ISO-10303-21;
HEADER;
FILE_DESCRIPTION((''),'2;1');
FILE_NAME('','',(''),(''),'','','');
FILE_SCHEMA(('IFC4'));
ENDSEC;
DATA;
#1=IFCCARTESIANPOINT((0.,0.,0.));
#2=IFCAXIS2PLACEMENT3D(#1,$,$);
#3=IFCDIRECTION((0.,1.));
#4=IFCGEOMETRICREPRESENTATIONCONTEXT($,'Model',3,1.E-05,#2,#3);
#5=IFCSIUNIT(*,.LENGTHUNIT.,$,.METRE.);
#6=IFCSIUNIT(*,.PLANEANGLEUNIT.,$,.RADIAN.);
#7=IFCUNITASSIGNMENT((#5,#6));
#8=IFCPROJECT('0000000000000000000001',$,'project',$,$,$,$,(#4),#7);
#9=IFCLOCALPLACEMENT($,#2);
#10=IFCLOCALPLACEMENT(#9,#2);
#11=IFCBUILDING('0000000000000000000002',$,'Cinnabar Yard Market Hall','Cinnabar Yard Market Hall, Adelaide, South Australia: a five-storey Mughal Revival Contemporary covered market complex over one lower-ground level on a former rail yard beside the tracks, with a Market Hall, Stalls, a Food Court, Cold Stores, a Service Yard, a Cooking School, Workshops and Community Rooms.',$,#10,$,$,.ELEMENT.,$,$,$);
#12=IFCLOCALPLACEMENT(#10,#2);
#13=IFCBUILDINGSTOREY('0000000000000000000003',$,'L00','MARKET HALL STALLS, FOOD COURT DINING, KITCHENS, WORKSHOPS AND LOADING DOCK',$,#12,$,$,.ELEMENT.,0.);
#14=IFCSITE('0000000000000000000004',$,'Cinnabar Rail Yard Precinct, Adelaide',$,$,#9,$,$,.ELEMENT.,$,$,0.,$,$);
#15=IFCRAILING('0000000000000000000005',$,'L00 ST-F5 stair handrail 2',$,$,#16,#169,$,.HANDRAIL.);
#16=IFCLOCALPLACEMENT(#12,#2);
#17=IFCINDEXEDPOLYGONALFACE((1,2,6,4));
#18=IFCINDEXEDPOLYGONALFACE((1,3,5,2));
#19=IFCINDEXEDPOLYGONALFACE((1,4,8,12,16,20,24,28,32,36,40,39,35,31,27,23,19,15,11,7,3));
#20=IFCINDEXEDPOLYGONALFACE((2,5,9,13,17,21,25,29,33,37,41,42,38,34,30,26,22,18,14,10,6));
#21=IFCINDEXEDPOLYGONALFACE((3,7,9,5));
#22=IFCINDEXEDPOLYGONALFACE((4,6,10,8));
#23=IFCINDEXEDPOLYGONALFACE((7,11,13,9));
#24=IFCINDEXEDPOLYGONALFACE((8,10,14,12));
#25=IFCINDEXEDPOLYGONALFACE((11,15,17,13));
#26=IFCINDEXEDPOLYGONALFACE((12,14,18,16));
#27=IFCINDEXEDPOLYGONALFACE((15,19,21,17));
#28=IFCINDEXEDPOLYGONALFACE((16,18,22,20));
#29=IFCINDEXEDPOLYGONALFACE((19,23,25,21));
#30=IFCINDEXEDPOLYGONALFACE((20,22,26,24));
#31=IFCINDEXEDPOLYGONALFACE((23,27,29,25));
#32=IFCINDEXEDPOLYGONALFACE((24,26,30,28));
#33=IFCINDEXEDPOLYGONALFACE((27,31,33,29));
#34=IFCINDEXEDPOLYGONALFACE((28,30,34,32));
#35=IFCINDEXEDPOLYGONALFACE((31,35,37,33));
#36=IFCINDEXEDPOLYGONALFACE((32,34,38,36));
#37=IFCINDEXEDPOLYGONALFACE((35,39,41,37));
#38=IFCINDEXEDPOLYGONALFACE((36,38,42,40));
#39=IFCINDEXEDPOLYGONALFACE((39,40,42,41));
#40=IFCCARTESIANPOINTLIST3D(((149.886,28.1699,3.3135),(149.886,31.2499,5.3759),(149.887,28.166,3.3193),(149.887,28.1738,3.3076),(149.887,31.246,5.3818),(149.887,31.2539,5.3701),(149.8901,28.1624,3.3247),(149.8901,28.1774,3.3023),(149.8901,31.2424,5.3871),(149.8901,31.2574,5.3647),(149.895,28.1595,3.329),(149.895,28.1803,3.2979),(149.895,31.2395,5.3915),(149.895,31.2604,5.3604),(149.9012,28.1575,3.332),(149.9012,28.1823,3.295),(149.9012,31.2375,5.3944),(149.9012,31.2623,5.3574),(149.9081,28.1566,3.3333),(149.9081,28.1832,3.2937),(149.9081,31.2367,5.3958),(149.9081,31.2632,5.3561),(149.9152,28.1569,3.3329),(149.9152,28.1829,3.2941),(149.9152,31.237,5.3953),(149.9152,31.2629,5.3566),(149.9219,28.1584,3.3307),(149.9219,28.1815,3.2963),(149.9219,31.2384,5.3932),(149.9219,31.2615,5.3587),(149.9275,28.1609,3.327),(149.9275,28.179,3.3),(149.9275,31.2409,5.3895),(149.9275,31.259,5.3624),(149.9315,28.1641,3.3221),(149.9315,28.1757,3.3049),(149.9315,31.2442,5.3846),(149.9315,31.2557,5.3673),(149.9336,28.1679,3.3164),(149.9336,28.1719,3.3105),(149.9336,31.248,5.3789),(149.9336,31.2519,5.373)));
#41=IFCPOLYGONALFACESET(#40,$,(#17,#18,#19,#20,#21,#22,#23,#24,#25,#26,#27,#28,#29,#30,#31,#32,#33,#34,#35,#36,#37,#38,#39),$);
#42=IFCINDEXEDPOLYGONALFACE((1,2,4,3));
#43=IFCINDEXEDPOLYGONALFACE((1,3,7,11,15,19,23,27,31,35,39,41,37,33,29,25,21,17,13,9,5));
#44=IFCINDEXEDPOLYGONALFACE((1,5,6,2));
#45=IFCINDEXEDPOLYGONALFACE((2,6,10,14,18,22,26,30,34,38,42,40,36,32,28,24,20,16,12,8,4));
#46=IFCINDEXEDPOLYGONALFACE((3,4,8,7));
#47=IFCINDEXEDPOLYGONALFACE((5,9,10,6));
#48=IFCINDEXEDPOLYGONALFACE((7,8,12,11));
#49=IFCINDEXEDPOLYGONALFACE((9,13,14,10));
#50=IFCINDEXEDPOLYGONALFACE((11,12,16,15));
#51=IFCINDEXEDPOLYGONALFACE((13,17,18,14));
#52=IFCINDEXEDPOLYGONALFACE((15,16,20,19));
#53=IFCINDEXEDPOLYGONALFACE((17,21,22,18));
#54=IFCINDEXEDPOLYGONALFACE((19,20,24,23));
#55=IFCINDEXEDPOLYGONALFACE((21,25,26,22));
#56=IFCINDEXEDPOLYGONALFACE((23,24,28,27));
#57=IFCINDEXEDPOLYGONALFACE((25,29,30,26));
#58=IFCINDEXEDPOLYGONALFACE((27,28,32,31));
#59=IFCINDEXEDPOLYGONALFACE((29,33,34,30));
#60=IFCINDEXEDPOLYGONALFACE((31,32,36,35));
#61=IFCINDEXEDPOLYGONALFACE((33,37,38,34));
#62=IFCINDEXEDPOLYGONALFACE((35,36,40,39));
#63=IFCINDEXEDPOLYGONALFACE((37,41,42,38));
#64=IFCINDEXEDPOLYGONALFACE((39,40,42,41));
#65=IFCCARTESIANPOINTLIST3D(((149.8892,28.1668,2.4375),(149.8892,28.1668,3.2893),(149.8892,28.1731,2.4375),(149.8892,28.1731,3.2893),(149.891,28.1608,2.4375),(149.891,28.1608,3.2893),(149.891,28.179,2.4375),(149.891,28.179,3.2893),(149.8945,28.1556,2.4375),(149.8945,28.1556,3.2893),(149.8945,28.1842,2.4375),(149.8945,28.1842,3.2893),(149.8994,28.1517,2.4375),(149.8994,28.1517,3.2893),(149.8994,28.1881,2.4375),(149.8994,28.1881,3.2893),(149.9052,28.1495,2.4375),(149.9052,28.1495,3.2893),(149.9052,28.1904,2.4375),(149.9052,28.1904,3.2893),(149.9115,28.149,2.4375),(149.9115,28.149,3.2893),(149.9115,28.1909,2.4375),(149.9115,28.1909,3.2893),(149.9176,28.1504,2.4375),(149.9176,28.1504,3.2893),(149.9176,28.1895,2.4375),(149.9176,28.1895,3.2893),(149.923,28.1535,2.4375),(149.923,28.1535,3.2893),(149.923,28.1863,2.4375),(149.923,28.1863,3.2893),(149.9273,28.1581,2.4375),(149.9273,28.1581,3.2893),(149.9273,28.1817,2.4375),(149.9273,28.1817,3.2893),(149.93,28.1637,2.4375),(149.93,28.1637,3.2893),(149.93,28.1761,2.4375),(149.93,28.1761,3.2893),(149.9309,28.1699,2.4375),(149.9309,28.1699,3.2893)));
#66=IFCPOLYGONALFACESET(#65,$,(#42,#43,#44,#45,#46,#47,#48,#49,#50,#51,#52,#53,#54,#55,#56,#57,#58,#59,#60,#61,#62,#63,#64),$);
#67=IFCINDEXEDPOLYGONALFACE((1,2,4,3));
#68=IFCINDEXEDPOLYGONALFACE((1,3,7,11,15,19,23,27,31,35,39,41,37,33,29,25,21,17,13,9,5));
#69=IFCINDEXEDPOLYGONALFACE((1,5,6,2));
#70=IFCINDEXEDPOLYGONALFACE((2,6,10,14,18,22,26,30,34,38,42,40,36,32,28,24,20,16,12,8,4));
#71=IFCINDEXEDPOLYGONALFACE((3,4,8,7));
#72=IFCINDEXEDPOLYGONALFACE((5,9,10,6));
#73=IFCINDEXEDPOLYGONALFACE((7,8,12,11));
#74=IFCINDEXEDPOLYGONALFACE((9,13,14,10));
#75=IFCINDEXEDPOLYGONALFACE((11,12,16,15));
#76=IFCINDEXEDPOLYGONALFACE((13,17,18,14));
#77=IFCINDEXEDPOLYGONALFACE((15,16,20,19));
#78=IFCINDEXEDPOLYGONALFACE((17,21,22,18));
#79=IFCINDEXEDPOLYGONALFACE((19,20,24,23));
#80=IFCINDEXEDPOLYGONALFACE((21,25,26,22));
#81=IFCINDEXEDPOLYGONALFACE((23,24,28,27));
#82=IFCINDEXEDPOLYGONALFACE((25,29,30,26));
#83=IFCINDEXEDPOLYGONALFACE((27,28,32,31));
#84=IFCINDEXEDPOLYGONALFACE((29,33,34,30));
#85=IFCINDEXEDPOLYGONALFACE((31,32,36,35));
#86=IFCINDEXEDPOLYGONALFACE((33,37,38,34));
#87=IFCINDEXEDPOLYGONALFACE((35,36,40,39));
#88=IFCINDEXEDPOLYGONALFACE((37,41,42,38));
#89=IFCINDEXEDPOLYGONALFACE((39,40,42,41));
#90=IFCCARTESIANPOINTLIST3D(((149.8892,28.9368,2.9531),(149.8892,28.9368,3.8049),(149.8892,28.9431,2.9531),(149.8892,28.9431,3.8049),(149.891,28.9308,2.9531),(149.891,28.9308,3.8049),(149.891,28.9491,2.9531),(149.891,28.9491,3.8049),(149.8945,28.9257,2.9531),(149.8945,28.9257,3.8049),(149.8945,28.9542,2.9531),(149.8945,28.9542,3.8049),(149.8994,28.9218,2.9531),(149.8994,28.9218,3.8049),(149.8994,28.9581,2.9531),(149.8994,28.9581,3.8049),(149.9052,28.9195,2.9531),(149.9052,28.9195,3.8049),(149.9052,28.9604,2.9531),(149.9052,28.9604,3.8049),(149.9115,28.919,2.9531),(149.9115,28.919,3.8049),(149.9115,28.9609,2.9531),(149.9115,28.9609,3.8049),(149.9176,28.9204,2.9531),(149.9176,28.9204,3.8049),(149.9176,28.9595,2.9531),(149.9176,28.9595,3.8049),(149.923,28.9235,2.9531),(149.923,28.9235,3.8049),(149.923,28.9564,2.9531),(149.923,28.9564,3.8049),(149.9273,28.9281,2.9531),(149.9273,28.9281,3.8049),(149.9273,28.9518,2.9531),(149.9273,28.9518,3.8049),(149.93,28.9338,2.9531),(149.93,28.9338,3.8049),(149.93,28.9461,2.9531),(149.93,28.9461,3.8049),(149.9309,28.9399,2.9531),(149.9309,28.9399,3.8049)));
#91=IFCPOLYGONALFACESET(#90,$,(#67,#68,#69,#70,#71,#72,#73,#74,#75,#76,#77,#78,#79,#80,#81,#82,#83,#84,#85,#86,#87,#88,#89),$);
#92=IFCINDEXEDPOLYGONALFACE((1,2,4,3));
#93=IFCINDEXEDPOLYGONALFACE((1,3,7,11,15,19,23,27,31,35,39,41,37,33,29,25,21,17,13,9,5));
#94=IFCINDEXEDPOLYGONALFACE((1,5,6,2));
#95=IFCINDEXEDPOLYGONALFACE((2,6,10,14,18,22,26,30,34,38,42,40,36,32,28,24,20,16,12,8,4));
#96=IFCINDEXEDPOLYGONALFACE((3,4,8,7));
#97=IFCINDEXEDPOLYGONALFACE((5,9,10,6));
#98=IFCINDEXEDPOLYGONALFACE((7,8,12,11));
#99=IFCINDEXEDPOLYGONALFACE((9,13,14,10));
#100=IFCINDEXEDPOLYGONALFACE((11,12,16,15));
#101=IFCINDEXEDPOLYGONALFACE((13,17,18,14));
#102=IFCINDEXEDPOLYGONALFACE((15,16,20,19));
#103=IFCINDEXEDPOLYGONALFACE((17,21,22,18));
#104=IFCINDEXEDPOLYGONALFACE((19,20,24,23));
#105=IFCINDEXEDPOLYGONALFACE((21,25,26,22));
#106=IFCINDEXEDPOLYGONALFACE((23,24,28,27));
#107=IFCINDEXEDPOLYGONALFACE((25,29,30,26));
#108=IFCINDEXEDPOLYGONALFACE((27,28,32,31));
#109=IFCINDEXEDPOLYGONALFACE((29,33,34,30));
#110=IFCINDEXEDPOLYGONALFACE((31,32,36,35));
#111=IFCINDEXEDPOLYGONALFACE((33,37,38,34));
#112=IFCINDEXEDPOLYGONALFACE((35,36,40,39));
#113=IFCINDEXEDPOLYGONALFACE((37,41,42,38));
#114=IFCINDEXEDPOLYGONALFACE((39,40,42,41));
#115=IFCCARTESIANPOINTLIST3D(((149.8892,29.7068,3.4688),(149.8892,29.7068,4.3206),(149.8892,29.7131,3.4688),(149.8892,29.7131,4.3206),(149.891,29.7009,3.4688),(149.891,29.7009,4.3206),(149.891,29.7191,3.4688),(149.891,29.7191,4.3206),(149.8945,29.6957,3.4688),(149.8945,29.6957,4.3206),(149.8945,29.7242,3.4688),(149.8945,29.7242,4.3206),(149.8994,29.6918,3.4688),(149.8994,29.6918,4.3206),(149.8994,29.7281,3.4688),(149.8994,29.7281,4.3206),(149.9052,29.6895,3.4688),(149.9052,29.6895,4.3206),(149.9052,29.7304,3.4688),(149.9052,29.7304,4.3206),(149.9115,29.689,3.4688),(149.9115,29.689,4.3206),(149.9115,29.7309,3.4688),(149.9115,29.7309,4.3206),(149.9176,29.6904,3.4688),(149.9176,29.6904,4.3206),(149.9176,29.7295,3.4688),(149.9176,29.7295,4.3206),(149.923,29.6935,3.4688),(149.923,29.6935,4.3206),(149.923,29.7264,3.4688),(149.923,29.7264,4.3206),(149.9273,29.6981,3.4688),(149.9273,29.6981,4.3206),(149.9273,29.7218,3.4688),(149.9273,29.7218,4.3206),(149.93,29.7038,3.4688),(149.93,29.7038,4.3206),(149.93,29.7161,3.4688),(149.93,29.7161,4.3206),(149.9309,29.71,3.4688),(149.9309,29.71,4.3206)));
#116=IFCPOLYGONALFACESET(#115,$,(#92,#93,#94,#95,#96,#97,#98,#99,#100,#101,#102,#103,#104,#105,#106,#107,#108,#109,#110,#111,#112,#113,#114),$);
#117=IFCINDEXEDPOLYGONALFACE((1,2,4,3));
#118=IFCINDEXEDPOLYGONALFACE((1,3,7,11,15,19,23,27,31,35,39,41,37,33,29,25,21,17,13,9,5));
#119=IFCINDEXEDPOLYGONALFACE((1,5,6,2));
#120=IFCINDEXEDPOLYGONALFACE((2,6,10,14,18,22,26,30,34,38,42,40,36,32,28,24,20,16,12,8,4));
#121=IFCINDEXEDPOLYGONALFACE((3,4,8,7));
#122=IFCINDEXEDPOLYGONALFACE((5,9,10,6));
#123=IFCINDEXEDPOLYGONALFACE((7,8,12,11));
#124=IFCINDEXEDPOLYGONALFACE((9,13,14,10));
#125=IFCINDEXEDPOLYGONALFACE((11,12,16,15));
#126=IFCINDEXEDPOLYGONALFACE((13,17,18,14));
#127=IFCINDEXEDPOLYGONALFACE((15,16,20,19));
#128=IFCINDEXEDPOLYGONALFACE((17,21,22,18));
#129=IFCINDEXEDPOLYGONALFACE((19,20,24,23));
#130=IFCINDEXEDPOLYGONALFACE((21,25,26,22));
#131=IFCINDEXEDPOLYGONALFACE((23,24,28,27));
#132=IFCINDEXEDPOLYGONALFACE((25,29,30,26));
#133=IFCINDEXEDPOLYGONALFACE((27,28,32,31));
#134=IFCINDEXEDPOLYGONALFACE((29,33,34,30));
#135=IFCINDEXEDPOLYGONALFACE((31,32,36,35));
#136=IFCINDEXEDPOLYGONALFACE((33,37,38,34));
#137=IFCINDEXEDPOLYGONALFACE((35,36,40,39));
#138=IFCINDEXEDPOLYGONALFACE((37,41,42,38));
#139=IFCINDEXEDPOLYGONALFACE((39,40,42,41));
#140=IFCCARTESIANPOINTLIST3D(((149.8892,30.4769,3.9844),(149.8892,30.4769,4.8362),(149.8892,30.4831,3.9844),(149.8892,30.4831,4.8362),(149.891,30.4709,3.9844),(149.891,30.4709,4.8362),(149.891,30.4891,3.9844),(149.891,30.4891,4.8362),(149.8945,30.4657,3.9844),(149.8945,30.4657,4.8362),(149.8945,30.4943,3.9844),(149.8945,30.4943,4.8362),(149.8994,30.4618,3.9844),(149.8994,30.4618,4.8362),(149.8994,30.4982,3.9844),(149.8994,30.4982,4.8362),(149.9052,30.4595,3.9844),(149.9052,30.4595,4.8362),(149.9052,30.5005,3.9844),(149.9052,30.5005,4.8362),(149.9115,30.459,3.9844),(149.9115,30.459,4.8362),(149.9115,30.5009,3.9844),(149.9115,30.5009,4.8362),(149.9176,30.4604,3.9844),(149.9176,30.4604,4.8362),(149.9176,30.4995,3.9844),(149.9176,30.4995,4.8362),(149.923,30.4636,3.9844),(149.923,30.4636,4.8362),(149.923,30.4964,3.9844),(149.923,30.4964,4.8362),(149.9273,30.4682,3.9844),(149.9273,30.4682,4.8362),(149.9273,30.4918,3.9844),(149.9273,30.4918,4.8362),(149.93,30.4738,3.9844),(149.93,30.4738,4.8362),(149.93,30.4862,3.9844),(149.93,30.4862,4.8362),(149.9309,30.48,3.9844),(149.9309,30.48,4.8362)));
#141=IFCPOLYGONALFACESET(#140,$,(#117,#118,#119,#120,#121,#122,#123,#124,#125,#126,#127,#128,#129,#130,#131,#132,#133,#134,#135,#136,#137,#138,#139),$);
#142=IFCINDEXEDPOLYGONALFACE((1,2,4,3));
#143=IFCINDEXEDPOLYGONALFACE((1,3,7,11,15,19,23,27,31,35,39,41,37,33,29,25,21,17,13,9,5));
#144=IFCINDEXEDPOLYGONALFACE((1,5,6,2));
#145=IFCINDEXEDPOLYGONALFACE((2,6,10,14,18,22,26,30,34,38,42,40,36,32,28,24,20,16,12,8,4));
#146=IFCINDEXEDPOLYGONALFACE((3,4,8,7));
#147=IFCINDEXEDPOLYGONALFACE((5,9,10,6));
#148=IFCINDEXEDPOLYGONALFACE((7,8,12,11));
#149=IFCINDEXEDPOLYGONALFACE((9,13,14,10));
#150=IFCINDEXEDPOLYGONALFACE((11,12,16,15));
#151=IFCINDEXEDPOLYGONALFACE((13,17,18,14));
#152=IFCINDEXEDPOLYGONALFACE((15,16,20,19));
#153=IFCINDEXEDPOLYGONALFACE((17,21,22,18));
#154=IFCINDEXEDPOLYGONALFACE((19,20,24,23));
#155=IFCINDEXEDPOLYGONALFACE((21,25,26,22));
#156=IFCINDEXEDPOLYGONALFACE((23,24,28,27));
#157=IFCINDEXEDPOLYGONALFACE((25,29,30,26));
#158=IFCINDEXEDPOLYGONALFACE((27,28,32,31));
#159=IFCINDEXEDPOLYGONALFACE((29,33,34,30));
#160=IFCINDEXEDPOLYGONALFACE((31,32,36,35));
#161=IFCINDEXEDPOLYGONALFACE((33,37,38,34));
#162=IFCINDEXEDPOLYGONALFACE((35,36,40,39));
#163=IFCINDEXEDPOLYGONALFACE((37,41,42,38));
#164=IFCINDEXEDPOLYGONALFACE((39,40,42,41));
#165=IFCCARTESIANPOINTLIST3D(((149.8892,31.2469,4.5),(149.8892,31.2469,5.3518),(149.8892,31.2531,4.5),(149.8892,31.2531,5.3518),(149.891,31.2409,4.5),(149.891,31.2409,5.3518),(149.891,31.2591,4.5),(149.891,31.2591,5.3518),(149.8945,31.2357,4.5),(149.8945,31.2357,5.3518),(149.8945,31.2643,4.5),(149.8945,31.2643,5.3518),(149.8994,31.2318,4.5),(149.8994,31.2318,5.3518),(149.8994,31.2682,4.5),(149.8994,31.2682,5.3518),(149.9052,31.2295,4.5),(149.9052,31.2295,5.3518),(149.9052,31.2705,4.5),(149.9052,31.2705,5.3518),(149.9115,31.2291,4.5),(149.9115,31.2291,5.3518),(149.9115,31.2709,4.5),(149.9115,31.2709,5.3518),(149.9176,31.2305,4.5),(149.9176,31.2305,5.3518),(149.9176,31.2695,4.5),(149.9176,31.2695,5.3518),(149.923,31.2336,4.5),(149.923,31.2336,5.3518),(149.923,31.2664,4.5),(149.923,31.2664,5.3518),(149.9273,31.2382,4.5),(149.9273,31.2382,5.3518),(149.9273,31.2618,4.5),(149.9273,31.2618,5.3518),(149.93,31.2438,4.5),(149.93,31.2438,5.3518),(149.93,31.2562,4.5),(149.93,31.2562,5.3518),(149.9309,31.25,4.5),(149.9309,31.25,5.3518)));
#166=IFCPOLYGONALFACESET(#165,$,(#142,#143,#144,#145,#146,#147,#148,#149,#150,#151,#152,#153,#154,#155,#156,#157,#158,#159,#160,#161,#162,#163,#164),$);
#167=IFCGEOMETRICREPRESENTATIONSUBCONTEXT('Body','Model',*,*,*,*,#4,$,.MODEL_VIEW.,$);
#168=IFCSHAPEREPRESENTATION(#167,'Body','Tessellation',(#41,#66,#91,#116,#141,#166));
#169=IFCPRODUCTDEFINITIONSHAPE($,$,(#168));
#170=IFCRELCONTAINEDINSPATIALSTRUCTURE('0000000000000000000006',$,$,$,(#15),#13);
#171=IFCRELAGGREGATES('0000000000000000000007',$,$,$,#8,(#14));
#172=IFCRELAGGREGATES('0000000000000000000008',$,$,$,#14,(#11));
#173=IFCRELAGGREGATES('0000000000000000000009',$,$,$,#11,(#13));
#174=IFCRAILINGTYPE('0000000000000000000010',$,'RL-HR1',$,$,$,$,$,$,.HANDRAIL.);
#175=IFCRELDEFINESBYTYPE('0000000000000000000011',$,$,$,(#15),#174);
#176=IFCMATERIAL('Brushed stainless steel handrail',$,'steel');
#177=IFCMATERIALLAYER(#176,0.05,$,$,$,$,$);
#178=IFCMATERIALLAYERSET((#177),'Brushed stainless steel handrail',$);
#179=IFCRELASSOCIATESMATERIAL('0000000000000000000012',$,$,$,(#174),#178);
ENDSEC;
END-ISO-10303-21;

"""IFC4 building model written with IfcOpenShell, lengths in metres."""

from ifc_helpers import new_model, si_unit, direction, frame, origin, origin_2d_with_axis, place, context, subcontext, project, spatial, circle, extrude, material, layer, layer_set, type_object, element, save


model = new_model("IFC4")

# Units and contexts
model_context = context("Model", 3, precision=1e-05, world=origin(), true_north=direction((0.0, 1.0)))
body_context = subcontext(model_context, "Body", "Model", "MODEL_VIEW")
ifc_project = project(units=[si_unit("LENGTHUNIT", "METRE"), si_unit("PLANEANGLEUNIT", "RADIAN")], contexts=[model_context])

# Site, building, storey
site_placement = place(None, origin())
site = spatial("IfcSite", under=ifc_project, at=site_placement, Name="Cinnabar Rail Yard Precinct, Adelaide", CompositionType="ELEMENT", RefElevation=0.0)
building_placement = place(site_placement, origin())
building = spatial("IfcBuilding", under=site, at=building_placement, Name="Cinnabar Yard Market Hall", Description="Cinnabar Yard Market Hall, Adelaide, South Australia: a five-storey Mughal Revival Contemporary covered market complex over one lower-ground level on a former rail yard beside the tracks, with a Market Hall, Stalls, a Food Court, Cold Stores, a Service Yard, a Cooking School, Workshops and Community Rooms.", CompositionType="ELEMENT")
storey_placement = place(building_placement, origin())
storey = spatial("IfcBuildingStorey", under=building, at=storey_placement, Name="L00", Description="MARKET HALL STALLS, FOOD COURT DINING, KITCHENS, WORKSHOPS AND LOADING DOCK", CompositionType="ELEMENT", Elevation=0.0)

# Railing
ifc_material_1 = material(Name="Brushed stainless steel handrail", Category="steel")
ifc_layer_1 = layer(ifc_material_1, 0.05)
ifc_layer_set_1 = layer_set([ifc_layer_1], Name="Brushed stainless steel handrail")
railing_type_1 = type_object("IfcRailingType", Name="RL-HR1", PredefinedType="HANDRAIL", material=ifc_layer_set_1)
railing_1_placement = place(storey_placement, frame((149.9099, 28.1699, 2.4375)))
element("IfcRailing", 1, at=railing_1_placement, inside=storey, type_object=railing_type_1, Name="L00 ST-F5 stair handrail 2", PredefinedType="HANDRAIL", context=body_context, shape_type="SweptSolid", body=[
    extrude(circle(Radius=0.0239, at=origin_2d_with_axis()), frame((0.0, 0.0, 0.876), z_axis=(0.0, 0.830914, 0.556401), x_axis=(-1.0, 0.0, 0.0)), (0.0, 0.0, 1.0), 3.7068),
    extrude(circle(Radius=0.021, at=origin_2d_with_axis()), origin(), (0.0, 0.0, 1.0), 0.8518),
    extrude(circle(Radius=0.021, at=origin_2d_with_axis()), frame((0.0, 0.77, 0.5156)), (0.0, 0.0, 1.0), 0.8518),
    extrude(circle(Radius=0.021, at=origin_2d_with_axis()), frame((0.0, 1.54, 1.0312)), (0.0, 0.0, 1.0), 0.8518),
    extrude(circle(Radius=0.021, at=origin_2d_with_axis()), frame((0.0, 2.3101, 1.5469)), (0.0, 0.0, 1.0), 0.8518),
    extrude(circle(Radius=0.021, at=origin_2d_with_axis()), frame((0.0, 3.0801, 2.0625)), (0.0, 0.0, 1.0), 0.8518),
])

save(model, "model.ifc")
